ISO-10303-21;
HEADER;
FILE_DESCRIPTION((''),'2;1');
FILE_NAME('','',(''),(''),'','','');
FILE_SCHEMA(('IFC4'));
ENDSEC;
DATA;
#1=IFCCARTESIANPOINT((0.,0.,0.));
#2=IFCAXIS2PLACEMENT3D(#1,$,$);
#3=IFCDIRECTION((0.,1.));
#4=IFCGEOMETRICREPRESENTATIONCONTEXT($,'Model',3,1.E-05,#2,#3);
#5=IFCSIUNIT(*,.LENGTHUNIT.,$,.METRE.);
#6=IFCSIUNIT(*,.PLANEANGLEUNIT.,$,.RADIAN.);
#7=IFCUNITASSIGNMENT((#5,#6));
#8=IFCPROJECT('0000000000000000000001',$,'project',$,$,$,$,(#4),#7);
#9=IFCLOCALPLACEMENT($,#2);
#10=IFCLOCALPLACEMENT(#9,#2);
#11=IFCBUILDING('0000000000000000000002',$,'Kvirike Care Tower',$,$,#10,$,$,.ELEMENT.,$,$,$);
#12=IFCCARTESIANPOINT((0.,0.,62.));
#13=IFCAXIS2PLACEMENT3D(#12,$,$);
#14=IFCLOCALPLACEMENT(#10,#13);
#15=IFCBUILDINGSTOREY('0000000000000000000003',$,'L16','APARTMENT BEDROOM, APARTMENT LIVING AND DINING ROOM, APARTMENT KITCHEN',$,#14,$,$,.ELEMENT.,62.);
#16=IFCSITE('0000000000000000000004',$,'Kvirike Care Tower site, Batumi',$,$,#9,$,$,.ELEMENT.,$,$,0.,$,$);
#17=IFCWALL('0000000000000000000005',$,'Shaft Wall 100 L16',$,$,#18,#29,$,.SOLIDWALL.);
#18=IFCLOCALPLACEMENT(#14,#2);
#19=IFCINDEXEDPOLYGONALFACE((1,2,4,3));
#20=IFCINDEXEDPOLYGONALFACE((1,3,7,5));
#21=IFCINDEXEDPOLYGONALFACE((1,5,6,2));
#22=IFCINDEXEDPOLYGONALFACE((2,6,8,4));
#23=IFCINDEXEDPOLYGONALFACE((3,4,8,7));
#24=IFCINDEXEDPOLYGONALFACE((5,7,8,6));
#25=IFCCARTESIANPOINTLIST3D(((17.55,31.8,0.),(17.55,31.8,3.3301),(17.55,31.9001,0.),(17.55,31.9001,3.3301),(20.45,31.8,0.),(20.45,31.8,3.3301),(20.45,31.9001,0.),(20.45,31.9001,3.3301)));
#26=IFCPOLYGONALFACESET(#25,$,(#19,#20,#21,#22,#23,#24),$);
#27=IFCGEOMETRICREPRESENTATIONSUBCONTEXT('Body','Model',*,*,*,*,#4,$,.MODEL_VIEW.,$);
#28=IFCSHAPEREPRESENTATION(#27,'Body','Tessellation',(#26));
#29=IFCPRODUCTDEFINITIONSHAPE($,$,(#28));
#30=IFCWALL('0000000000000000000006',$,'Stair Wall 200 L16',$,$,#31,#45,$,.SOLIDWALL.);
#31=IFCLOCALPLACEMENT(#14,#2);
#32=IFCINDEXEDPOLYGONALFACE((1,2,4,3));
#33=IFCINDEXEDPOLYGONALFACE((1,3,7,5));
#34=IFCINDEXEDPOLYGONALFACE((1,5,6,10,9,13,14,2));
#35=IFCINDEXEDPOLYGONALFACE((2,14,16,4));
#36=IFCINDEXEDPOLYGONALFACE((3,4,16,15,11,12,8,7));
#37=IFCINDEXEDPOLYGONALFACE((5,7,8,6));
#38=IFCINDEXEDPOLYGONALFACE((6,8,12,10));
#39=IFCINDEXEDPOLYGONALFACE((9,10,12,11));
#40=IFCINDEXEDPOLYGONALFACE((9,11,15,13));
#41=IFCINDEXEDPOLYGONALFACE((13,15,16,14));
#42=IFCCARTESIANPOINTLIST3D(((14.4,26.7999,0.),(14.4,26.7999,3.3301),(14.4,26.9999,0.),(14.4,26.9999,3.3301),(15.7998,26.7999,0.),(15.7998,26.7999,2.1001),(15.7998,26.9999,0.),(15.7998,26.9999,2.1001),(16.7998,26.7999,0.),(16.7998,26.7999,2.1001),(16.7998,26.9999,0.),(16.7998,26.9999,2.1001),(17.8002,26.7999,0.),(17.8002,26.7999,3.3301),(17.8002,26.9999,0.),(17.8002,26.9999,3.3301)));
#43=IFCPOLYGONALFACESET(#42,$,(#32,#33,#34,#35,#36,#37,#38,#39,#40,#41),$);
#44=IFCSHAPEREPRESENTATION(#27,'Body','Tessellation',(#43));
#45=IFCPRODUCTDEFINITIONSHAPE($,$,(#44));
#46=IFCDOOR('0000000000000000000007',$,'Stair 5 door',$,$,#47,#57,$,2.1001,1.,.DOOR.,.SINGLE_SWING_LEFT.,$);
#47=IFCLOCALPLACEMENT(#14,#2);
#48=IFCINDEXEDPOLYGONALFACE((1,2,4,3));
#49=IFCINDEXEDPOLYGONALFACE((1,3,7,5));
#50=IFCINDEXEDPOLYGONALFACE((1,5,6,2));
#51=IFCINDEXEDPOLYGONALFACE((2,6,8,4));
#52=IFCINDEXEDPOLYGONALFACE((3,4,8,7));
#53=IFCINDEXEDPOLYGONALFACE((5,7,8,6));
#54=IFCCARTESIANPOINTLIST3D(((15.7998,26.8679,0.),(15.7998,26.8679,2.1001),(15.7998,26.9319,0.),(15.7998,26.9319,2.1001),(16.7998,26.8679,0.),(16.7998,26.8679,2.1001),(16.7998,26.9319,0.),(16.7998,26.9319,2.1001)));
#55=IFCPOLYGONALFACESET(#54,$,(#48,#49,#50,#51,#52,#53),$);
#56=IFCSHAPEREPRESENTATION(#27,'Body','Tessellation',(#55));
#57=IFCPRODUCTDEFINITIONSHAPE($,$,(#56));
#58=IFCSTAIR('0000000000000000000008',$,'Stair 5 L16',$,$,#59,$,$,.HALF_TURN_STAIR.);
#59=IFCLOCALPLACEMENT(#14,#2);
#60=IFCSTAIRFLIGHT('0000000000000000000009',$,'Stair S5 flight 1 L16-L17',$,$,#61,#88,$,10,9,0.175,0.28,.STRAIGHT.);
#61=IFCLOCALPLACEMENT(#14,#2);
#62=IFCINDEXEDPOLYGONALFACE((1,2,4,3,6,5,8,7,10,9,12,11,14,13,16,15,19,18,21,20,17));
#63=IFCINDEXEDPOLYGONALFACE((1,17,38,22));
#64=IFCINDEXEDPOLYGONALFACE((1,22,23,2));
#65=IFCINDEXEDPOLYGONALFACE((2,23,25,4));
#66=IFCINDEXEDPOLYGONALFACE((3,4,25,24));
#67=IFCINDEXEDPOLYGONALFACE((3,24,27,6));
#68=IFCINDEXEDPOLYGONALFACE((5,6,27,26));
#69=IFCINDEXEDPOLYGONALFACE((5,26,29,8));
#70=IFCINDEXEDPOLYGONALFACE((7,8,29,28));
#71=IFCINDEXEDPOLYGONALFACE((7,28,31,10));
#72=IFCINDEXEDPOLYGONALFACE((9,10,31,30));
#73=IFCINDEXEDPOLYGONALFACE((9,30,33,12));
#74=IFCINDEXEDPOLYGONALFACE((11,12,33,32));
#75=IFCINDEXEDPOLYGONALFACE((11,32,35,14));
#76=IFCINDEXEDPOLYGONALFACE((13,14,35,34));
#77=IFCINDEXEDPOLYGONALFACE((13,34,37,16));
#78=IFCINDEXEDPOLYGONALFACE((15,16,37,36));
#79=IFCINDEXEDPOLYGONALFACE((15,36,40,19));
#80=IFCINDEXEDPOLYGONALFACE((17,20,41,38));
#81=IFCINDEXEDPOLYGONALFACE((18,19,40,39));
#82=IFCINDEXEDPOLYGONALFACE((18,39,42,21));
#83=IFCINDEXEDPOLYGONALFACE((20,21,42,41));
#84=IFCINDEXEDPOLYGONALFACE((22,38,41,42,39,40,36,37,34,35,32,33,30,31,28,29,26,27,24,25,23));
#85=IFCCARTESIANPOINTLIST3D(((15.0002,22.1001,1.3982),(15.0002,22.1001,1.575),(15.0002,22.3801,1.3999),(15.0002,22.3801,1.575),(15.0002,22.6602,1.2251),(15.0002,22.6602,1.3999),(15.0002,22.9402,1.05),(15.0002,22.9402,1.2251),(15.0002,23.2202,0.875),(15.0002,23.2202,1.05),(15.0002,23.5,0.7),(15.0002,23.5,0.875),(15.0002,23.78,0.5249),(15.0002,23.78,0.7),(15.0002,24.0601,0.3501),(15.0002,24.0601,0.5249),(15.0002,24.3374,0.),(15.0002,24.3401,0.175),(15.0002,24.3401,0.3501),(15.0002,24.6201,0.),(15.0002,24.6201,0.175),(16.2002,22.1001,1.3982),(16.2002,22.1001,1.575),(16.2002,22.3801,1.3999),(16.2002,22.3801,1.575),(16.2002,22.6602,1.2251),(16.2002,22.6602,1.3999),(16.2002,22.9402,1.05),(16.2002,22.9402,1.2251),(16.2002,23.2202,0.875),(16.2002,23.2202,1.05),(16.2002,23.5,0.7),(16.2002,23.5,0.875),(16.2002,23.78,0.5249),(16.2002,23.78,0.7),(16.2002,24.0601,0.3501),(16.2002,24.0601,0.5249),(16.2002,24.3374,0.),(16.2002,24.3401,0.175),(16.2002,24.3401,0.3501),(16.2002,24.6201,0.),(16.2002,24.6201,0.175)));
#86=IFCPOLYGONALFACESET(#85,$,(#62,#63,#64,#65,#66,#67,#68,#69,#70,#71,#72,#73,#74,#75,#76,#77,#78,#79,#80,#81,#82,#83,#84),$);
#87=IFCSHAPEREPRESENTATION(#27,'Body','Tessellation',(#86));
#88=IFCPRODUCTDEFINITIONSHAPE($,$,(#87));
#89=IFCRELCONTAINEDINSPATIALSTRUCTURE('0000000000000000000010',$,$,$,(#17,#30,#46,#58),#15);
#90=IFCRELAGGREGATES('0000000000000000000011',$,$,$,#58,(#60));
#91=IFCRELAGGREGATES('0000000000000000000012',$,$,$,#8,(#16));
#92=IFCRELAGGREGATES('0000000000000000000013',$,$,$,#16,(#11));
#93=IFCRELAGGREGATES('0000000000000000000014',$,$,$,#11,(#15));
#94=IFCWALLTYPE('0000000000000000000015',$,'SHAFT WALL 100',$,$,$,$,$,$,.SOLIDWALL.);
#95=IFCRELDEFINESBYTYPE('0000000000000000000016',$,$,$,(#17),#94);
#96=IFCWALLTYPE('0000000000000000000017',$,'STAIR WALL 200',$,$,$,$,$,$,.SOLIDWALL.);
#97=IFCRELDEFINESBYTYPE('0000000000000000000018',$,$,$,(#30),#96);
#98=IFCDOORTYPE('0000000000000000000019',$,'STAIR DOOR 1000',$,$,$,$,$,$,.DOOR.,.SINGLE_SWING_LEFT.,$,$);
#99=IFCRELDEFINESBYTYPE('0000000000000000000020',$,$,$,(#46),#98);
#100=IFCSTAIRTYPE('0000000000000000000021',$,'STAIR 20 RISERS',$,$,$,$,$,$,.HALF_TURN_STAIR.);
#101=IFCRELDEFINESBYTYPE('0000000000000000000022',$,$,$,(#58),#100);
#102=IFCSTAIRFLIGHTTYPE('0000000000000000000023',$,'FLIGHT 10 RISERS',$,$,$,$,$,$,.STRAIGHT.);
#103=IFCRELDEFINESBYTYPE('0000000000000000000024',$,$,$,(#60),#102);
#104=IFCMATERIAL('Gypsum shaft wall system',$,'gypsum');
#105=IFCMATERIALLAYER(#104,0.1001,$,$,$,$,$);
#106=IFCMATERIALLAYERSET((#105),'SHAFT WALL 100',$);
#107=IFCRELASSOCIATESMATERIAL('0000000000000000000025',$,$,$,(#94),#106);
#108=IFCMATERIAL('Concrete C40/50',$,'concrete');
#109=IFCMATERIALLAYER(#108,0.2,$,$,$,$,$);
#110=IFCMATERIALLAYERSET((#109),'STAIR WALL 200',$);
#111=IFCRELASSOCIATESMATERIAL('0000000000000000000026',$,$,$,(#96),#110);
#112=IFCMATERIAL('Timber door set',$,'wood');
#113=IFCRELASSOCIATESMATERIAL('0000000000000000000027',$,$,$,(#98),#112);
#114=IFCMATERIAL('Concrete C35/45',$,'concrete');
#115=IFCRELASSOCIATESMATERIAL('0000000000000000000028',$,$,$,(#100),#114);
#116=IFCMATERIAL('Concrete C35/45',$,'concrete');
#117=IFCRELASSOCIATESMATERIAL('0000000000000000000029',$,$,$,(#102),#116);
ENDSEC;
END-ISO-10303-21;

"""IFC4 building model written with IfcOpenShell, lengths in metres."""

from ifc_helpers import new_model, si_unit, direction, frame, frame_2d, origin, place, context, subcontext, project, spatial, polyline, rectangle, outline, extrude, material, layer, layer_set, type_object, element, fill, aggregate, save


model = new_model("IFC4")

# Units and contexts
model_context = context("Model", 3, precision=1e-05, world=origin(), true_north=direction((0.0, 1.0)))
body_context = subcontext(model_context, "Body", "Model", "MODEL_VIEW")
ifc_project = project(units=[si_unit("LENGTHUNIT", "METRE"), si_unit("PLANEANGLEUNIT", "RADIAN")], contexts=[model_context])

# Site, building, storey
site_placement = place(None, origin())
site = spatial("IfcSite", under=ifc_project, at=site_placement, Name="Kvirike Care Tower site, Batumi", CompositionType="ELEMENT", RefElevation=0.0)
building_placement = place(site_placement, origin())
building = spatial("IfcBuilding", under=site, at=building_placement, Name="Kvirike Care Tower", CompositionType="ELEMENT")
storey_placement = place(building_placement, frame((0.0, 0.0, 62.0)))
storey = spatial("IfcBuildingStorey", under=building, at=storey_placement, Name="L16", Description="APARTMENT BEDROOM, APARTMENT LIVING AND DINING ROOM, APARTMENT KITCHEN", CompositionType="ELEMENT", Elevation=62.0)

# Wall
ifc_material_1 = material(Name="Gypsum shaft wall system", Category="gypsum")
ifc_layer_1 = layer(ifc_material_1, 0.1001)
ifc_layer_set_1 = layer_set([ifc_layer_1], Name="SHAFT WALL 100")
wall_type_1 = type_object("IfcWallType", Name="SHAFT WALL 100", PredefinedType="SOLIDWALL", material=ifc_layer_set_1)
wall_1_placement = place(storey_placement, frame((17.55, 31.8501, 0.0), z_axis=(0.0, 0.0, 1.0), x_axis=(1.0, 0.0, 0.0)))
element("IfcWall", 1, at=wall_1_placement, inside=storey, type_object=wall_type_1, Name="Shaft Wall 100 L16", PredefinedType="SOLIDWALL", context=body_context, shape_type="SweptSolid", body=[
    extrude(rectangle(XDim=2.8999, YDim=0.1001, at=frame_2d((1.45, 0.0))), origin(), (0.0, 0.0, 1.0), 3.3301),
])

# Wall, opening, door
ifc_material_2 = material(Name="Concrete C40/50", Category="concrete")
ifc_layer_2 = layer(ifc_material_2, 0.2)
ifc_layer_set_2 = layer_set([ifc_layer_2], Name="STAIR WALL 200")
wall_type_2 = type_object("IfcWallType", Name="STAIR WALL 200", PredefinedType="SOLIDWALL", material=ifc_layer_set_2)
wall_2_placement = place(storey_placement, frame((14.3999, 26.8999, 0.0), z_axis=(0.0, 0.0, 1.0), x_axis=(1.0, 0.0, 0.0)))
wall_2 = element("IfcWall", 2, at=wall_2_placement, inside=storey, type_object=wall_type_2, Name="Stair Wall 200 L16", PredefinedType="SOLIDWALL", context=body_context, shape_type="SweptSolid", body=[
    extrude(rectangle(XDim=3.4001, YDim=0.2, at=frame_2d((1.7002, 0.0))), origin(), (0.0, 0.0, 1.0), 3.3301),
])
opening_1_placement = place(wall_2_placement, frame((1.3999, 0.0, 0.0)))
opening_1 = element("IfcOpeningElement", 3, at=opening_1_placement, cuts=wall_2, PredefinedType="OPENING", context=body_context, shape_type="SweptSolid", body=[
    extrude(rectangle(XDim=1.0, YDim=2.1001, at=frame_2d((0.5, 1.05))), frame((0.0, 0.1106, 0.0), z_axis=(0.0, -1.0, 0.0), x_axis=(1.0, 0.0, 0.0)), (0.0, 0.0, 1.0), 0.2209),
])
ifc_material_3 = material(Name="Timber door set", Category="wood")
door_type_1 = type_object("IfcDoorType", Name="STAIR DOOR 1000", OperationType="SINGLE_SWING_LEFT", PredefinedType="DOOR", material=ifc_material_3)
door_1_placement = place(opening_1_placement, frame((1.0, 0.0, 0.0), z_axis=(0.0, 0.0, 1.0), x_axis=(-1.0, 0.0, 0.0)))
door_1 = element("IfcDoor", 4, at=door_1_placement, inside=storey, type_object=door_type_1, Name="Stair 5 door", OperationType="SINGLE_SWING_LEFT", OverallHeight=2.1001, OverallWidth=1.0, PredefinedType="DOOR", context=body_context, shape_type="SweptSolid", body=[
    extrude(rectangle(XDim=1.0, YDim=2.1001, at=frame_2d((0.5, 1.05))), frame((0.0, 0.032, 0.0), z_axis=(0.0, -1.0, 0.0), x_axis=(1.0, 0.0, 0.0)), (0.0, 0.0, 1.0), 0.064),
])
fill(opening_1, door_1)

# Stair, stair flight
ifc_material_4 = material(Name="Concrete C35/45", Category="concrete")
stair_type = type_object("IfcStairType", Name="STAIR 20 RISERS", PredefinedType="HALF_TURN_STAIR", material=ifc_material_4)
stair_placement = place(storey_placement, origin())
stair = element("IfcStair", 5, at=stair_placement, inside=storey, type_object=stair_type, Name="Stair 5 L16", PredefinedType="HALF_TURN_STAIR")
ifc_material_5 = material(Name="Concrete C35/45", Category="concrete")
stair_flight_type = type_object("IfcStairFlightType", Name="FLIGHT 10 RISERS", PredefinedType="STRAIGHT", material=ifc_material_5)
stair_flight_placement = place(storey_placement, frame((15.6001, 24.6201, 0.0), z_axis=(0.0, 0.0, 1.0), x_axis=(0.0, -1.0, 0.0)))
stair_flight = element("IfcStairFlight", 6, at=stair_flight_placement, type_object=stair_flight_type, Name="Stair S5 flight 1 L16-L17", NumberOfRisers=10, NumberOfTreads=9, PredefinedType="STRAIGHT", RiserHeight=0.175, TreadLength=0.28, context=body_context, shape_type="SweptSolid", body=[
    extrude(outline(polyline([(0.0, 0.0), (0.0, 0.175), (0.28, 0.175), (0.28, 0.3501), (0.5601, 0.3501), (0.5601, 0.5249), (0.8401, 0.5249), (0.8401, 0.7), (1.1201, 0.7), (1.1201, 0.875), (1.3999, 0.875), (1.3999, 1.05), (1.6799, 1.05), (1.6799, 1.2251), (1.96, 1.2251), (1.96, 1.3999), (2.24, 1.3999), (2.24, 1.575), (2.52, 1.575), (2.52, 1.75), (2.52, 1.3982), (0.2827, 0.0), (0.0, 0.0)])), frame((0.0, 0.6001, 0.0), z_axis=(0.0, -1.0, 0.0), x_axis=(1.0, 0.0, 0.0)), (0.0, 0.0, 1.0), 1.2),
])
aggregate(stair, [stair_flight])

save(model, "model.ifc")
